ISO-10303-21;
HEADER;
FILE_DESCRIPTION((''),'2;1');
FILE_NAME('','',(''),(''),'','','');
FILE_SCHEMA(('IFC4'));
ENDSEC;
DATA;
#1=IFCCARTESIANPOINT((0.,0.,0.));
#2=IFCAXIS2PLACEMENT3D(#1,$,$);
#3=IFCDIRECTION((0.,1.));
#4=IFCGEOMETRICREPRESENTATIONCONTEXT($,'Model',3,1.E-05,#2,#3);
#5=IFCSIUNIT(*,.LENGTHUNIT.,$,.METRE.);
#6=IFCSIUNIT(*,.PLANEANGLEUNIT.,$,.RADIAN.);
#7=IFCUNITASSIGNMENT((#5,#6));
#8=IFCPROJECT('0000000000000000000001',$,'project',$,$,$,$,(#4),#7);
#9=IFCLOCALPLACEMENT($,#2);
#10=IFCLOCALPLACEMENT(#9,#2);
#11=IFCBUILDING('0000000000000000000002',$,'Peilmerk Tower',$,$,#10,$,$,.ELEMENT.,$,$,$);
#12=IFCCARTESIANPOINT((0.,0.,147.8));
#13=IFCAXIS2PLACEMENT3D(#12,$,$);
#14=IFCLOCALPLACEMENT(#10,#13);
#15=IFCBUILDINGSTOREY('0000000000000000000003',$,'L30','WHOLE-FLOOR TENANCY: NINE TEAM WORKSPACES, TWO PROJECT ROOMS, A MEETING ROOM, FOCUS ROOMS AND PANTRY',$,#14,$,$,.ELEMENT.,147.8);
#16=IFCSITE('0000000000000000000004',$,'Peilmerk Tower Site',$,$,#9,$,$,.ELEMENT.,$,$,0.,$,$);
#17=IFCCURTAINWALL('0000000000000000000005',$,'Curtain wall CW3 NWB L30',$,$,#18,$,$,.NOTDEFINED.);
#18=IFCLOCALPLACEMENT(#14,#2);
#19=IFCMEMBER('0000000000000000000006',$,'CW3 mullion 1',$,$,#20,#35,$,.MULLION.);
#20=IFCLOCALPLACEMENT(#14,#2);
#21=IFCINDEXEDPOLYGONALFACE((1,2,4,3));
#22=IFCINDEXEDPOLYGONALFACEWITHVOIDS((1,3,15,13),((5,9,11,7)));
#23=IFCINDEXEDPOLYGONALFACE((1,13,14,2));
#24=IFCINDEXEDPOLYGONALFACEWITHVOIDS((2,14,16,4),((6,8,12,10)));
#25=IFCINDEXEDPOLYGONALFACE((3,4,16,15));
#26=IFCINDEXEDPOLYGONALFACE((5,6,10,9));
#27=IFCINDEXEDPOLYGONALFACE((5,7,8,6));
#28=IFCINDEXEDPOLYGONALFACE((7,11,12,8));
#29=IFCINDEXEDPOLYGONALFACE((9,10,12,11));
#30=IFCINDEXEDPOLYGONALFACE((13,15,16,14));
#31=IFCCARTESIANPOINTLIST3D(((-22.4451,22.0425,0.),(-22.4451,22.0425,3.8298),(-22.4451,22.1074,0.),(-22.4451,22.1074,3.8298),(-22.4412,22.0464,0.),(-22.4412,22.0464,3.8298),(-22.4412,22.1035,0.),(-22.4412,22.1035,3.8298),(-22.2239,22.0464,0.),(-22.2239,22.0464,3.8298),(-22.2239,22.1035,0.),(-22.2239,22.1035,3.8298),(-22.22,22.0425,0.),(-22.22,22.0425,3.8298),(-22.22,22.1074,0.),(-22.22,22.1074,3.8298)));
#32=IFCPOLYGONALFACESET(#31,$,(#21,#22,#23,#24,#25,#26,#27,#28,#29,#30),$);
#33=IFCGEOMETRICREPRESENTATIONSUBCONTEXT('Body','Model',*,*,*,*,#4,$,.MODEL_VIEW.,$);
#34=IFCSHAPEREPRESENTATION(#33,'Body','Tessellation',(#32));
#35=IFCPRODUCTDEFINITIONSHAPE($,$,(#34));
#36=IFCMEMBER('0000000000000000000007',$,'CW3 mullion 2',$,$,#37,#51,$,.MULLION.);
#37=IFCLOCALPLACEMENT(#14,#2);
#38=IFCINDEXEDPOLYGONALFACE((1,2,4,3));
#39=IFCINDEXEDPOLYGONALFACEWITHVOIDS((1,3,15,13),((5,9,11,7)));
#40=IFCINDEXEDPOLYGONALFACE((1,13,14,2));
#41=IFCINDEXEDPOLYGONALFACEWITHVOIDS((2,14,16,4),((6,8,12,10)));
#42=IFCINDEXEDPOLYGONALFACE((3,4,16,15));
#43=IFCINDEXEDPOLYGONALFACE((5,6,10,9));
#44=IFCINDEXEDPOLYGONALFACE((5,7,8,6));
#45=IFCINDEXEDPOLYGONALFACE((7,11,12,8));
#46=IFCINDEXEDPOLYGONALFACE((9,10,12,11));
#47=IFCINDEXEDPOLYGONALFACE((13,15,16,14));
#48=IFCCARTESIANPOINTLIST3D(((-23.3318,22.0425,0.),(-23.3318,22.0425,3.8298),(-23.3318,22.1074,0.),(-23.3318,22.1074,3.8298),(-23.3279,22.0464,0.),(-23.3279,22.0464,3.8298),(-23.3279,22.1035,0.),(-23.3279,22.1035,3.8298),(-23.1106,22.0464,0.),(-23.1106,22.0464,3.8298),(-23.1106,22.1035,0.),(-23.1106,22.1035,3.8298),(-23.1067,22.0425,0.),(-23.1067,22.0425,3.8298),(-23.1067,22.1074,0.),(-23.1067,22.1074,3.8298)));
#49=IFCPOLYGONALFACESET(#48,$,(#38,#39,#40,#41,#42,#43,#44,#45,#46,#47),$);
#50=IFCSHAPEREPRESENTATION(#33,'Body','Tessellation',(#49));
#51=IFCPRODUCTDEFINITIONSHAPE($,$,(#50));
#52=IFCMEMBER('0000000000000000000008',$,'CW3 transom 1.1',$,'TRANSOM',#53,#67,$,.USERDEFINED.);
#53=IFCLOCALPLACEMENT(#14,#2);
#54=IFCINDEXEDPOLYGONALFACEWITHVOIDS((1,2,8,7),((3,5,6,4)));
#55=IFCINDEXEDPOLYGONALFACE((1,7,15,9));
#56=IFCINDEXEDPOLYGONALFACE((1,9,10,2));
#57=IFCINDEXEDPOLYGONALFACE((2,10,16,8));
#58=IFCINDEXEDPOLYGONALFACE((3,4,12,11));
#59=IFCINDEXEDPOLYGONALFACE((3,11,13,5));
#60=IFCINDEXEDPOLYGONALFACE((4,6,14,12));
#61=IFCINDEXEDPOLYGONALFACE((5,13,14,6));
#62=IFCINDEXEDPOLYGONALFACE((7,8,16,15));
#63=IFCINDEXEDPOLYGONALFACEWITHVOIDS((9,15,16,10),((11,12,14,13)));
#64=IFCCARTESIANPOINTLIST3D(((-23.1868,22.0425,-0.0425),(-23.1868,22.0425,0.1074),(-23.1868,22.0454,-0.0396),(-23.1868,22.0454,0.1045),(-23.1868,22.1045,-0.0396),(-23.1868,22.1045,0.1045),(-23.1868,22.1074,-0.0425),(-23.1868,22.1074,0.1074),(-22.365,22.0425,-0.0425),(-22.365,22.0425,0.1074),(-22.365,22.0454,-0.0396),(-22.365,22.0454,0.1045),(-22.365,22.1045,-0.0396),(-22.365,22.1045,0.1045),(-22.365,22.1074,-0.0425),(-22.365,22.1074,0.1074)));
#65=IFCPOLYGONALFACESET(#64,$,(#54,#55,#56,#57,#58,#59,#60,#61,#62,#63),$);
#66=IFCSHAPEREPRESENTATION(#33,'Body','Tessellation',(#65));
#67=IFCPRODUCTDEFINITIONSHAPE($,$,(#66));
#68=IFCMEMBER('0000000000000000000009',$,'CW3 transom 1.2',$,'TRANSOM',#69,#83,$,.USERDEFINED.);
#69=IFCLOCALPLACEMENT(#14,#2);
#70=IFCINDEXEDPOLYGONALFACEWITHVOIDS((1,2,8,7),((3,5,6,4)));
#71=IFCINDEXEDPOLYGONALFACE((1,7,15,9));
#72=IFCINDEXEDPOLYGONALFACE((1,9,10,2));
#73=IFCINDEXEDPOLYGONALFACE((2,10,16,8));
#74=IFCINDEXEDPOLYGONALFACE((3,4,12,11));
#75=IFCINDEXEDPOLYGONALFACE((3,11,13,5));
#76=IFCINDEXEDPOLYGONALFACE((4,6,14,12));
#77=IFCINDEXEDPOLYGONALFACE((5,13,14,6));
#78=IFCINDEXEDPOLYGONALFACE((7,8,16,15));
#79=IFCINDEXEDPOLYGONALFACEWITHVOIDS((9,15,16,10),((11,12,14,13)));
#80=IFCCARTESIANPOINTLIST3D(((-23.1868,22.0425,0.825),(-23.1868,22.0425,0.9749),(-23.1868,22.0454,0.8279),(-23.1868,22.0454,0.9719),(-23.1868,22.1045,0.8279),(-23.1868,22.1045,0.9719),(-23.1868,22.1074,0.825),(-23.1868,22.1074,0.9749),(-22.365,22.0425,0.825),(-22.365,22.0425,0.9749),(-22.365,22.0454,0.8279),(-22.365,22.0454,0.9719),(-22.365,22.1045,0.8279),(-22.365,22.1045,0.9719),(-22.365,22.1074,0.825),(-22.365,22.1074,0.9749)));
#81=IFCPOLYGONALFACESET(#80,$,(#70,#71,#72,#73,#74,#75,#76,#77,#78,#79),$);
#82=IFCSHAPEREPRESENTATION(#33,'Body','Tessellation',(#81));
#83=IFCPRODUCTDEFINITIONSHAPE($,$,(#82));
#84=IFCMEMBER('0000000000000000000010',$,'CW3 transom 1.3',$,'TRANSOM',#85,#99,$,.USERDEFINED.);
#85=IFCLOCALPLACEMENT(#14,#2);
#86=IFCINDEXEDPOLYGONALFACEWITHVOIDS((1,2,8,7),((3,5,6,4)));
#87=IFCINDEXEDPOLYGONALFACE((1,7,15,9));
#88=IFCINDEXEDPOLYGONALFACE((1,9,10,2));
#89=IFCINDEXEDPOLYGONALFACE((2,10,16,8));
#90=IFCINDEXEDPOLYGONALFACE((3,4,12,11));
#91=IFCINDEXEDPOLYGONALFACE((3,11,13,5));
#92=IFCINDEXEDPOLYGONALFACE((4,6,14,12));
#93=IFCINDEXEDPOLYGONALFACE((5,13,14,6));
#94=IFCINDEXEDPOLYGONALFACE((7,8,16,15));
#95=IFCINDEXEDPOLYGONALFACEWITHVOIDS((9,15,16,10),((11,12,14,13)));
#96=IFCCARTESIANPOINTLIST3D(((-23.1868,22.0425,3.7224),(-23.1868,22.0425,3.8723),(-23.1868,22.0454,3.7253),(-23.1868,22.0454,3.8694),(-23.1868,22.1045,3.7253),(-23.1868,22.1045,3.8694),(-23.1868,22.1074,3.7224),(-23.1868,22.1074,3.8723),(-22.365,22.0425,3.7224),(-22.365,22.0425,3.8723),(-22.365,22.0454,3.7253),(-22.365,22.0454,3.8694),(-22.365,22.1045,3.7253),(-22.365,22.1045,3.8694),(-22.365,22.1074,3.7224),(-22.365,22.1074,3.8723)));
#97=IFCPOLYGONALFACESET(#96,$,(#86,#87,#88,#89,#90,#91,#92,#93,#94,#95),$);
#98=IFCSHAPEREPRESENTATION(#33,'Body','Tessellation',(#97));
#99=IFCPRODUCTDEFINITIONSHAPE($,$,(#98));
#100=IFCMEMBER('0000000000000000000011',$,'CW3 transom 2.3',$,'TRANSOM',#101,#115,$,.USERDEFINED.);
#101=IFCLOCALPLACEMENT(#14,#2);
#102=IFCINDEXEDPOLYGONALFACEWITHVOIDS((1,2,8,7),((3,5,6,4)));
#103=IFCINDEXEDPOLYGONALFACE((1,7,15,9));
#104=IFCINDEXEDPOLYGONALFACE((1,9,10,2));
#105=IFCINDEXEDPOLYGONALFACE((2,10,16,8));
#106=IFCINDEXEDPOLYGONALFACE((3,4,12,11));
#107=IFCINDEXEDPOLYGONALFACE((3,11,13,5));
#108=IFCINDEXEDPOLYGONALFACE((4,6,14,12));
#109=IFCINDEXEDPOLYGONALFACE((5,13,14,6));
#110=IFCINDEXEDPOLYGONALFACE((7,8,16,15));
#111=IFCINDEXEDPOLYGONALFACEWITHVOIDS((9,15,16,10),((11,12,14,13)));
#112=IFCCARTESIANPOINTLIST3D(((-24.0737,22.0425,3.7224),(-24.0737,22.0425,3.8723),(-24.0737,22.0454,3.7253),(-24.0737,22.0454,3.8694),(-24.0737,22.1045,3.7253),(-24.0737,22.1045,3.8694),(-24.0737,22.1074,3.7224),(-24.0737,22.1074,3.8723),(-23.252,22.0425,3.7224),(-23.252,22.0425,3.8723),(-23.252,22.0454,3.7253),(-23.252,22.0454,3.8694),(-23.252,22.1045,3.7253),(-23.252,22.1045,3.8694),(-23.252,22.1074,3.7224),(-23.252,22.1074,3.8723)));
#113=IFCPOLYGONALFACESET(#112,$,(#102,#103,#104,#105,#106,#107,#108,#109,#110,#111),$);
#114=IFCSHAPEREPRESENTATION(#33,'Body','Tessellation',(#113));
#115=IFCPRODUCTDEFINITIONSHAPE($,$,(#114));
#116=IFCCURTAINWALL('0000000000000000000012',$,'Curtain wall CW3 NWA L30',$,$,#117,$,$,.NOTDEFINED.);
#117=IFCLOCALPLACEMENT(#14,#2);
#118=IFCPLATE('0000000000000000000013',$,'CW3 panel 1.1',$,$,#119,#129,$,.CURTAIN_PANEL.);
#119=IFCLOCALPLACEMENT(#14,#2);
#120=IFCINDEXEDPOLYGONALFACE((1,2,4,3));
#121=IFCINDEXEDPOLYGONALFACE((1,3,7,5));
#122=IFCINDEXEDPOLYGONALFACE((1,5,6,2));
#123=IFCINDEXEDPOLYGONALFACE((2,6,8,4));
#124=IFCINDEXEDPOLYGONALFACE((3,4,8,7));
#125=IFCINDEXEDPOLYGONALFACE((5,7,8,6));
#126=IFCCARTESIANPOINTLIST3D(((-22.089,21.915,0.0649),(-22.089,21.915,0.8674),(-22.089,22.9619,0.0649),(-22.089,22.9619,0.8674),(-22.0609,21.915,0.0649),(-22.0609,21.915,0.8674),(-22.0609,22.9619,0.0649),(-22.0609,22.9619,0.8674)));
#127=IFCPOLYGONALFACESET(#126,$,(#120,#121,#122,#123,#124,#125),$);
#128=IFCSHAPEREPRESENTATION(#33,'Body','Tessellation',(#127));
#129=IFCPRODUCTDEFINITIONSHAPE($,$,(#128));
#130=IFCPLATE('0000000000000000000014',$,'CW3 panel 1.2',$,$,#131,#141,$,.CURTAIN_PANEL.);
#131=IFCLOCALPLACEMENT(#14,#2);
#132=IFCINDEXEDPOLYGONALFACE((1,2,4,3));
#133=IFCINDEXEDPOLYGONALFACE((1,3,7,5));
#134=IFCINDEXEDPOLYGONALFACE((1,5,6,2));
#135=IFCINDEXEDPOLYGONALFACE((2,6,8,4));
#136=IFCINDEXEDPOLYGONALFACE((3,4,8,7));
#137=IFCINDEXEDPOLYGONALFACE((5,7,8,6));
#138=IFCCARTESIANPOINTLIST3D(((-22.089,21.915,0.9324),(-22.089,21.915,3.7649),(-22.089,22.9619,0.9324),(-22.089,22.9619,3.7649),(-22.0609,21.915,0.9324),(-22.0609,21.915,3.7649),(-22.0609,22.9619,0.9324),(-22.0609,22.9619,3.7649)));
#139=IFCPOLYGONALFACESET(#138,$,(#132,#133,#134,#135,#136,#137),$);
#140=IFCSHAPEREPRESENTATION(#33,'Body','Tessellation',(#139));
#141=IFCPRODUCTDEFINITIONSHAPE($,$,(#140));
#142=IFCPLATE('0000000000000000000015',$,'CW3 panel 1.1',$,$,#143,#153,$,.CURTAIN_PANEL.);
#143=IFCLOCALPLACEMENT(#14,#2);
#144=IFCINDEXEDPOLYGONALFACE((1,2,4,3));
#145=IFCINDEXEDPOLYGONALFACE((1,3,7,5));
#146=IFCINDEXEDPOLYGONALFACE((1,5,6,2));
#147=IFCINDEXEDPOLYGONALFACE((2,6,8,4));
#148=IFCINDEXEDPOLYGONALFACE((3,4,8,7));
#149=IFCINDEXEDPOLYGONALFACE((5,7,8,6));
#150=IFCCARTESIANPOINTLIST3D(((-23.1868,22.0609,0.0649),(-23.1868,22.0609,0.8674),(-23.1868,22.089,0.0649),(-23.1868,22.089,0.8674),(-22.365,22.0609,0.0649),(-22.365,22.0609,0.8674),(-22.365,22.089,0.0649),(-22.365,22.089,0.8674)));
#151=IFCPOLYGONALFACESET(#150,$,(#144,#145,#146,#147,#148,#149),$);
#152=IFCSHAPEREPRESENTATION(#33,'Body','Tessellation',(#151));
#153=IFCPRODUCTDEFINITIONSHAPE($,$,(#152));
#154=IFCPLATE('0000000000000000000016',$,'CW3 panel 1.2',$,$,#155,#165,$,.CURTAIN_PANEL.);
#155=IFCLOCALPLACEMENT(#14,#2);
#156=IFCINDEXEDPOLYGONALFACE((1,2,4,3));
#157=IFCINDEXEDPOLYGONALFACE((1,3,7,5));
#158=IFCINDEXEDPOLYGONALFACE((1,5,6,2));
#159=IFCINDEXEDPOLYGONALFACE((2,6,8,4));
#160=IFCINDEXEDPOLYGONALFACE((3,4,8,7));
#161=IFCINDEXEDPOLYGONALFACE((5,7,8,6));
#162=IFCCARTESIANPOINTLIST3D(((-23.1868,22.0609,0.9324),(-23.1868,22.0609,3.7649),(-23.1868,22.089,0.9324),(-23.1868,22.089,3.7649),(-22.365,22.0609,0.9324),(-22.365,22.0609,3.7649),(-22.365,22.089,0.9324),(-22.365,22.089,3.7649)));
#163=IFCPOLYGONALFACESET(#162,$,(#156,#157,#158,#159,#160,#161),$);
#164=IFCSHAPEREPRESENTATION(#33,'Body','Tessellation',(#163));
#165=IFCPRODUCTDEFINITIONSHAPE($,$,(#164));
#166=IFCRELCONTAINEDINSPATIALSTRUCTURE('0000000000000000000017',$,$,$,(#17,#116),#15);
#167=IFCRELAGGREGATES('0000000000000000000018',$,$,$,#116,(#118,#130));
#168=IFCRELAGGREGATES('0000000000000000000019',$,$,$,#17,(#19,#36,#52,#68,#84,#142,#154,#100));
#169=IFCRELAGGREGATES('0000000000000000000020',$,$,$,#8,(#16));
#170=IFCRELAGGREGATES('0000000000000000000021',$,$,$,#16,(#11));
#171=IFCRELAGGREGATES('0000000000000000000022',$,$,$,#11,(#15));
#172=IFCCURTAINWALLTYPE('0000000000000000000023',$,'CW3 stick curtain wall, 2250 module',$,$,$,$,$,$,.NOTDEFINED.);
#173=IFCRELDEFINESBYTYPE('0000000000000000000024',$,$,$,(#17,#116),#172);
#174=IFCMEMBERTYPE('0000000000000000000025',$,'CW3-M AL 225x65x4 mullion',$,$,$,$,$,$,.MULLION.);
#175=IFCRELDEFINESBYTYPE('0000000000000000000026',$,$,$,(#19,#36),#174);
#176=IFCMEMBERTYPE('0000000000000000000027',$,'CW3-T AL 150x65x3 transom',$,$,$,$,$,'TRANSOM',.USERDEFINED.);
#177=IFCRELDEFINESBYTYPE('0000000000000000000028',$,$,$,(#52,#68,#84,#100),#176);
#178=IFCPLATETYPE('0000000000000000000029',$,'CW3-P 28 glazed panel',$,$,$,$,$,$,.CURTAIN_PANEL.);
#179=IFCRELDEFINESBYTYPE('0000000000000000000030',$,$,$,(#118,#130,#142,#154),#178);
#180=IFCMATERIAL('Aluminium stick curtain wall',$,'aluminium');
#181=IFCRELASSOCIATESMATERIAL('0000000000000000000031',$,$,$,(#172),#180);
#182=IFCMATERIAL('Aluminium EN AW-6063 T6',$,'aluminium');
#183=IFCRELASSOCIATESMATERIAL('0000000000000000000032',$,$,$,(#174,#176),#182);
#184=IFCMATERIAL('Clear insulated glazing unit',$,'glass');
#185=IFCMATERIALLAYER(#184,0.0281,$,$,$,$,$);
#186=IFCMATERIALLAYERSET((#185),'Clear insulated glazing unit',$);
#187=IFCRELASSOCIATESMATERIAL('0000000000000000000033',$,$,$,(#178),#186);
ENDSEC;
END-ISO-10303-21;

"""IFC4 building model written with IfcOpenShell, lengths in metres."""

from ifc_helpers import new_model, si_unit, direction, frame, origin, origin_2d, place, context, subcontext, project, spatial, rectangle, hollow_rectangle, extrude, material, layer, layer_set, material_profile, profile_set, type_object, element, aggregate, save


model = new_model("IFC4")

# Units and contexts
model_context = context("Model", 3, precision=1e-05, world=origin(), true_north=direction((0.0, 1.0)))
body_context = subcontext(model_context, "Body", "Model", "MODEL_VIEW")
ifc_project = project(units=[si_unit("LENGTHUNIT", "METRE"), si_unit("PLANEANGLEUNIT", "RADIAN")], contexts=[model_context])

# Site, building, storey
site_placement = place(None, origin())
site = spatial("IfcSite", under=ifc_project, at=site_placement, Name="Peilmerk Tower Site", CompositionType="ELEMENT", RefElevation=0.0)
building_placement = place(site_placement, origin())
building = spatial("IfcBuilding", under=site, at=building_placement, Name="Peilmerk Tower", CompositionType="ELEMENT")
storey_placement = place(building_placement, frame((0.0, 0.0, 147.8)))
storey = spatial("IfcBuildingStorey", under=building, at=storey_placement, Name="L30", Description="WHOLE-FLOOR TENANCY: NINE TEAM WORKSPACES, TWO PROJECT ROOMS, A MEETING ROOM, FOCUS ROOMS AND PANTRY", CompositionType="ELEMENT", Elevation=147.8)

# Curtain wall, members
ifc_material_1 = material(Name="Aluminium stick curtain wall", Category="aluminium")
curtain_wall_type = type_object("IfcCurtainWallType", Name="CW3 stick curtain wall, 2250 module", PredefinedType="NOTDEFINED", material=ifc_material_1)
curtain_wall_1_placement = place(storey_placement, origin())
curtain_wall_1 = element("IfcCurtainWall", 1, at=curtain_wall_1_placement, inside=storey, type_object=curtain_wall_type, Name="Curtain wall CW3 NWB L30", PredefinedType="NOTDEFINED")
ifc_material_2 = material(Name="Aluminium EN AW-6063 T6", Category="aluminium")
ifc_material_profile_1 = material_profile(ifc_material_2, hollow_rectangle(XDim=0.0649, YDim=0.2251, WallThickness=0.0039, at=origin_2d()), Name="AL 225x65x4")
ifc_profile_set_1 = profile_set([ifc_material_profile_1], Name="Aluminium EN AW-6063 T6")
member_type_1 = type_object("IfcMemberType", Name="CW3-M AL 225x65x4 mullion", PredefinedType="MULLION", material=ifc_profile_set_1)
member_1_placement = place(storey_placement, frame((-22.3325, 22.075, 0.0), z_axis=(0.0, 0.0, 1.0), x_axis=(0.0, -1.0, 0.0)))
member_1 = element("IfcMember", 2, at=member_1_placement, type_object=member_type_1, Name="CW3 mullion 1", PredefinedType="MULLION", context=body_context, shape_type="SweptSolid", body=[
    extrude(hollow_rectangle(XDim=0.0649, YDim=0.2251, WallThickness=0.0039, at=origin_2d()), origin(), (0.0, 0.0, 1.0), 3.8298),
])
member_2_placement = place(storey_placement, frame((-23.2192, 22.075, 0.0), z_axis=(0.0, 0.0, 1.0), x_axis=(0.0, -1.0, 0.0)))
member_2 = element("IfcMember", 3, at=member_2_placement, type_object=member_type_1, Name="CW3 mullion 2", PredefinedType="MULLION", context=body_context, shape_type="SweptSolid", body=[
    extrude(hollow_rectangle(XDim=0.0649, YDim=0.2251, WallThickness=0.0039, at=origin_2d()), origin(), (0.0, 0.0, 1.0), 3.8298),
])
ifc_material_profile_2 = material_profile(ifc_material_2, hollow_rectangle(XDim=0.0649, YDim=0.1499, WallThickness=0.0029, at=origin_2d()), Name="AL 150x65x3")
ifc_profile_set_2 = profile_set([ifc_material_profile_2], Name="Aluminium EN AW-6063 T6")
member_type_2 = type_object("IfcMemberType", Name="CW3-T AL 150x65x3 transom", ElementType="TRANSOM", PredefinedType="USERDEFINED", material=ifc_profile_set_2)
member_3_placement = place(storey_placement, frame((-22.365, 22.075, 0.0325), z_axis=(-1.0, 0.0, 0.0), x_axis=(0.0, -1.0, 0.0)))
member_3 = element("IfcMember", 4, at=member_3_placement, type_object=member_type_2, Name="CW3 transom 1.1", ObjectType="TRANSOM", PredefinedType="USERDEFINED", context=body_context, shape_type="SweptSolid", body=[
    extrude(hollow_rectangle(XDim=0.0649, YDim=0.1499, WallThickness=0.0029, at=origin_2d()), origin(), (0.0, 0.0, 1.0), 0.8218),
])
member_4_placement = place(storey_placement, frame((-22.365, 22.075, 0.8999), z_axis=(-1.0, 0.0, 0.0), x_axis=(0.0, -1.0, 0.0)))
member_4 = element("IfcMember", 5, at=member_4_placement, type_object=member_type_2, Name="CW3 transom 1.2", ObjectType="TRANSOM", PredefinedType="USERDEFINED", context=body_context, shape_type="SweptSolid", body=[
    extrude(hollow_rectangle(XDim=0.0649, YDim=0.1499, WallThickness=0.0029, at=origin_2d()), origin(), (0.0, 0.0, 1.0), 0.8218),
])
member_5_placement = place(storey_placement, frame((-22.365, 22.075, 3.7974), z_axis=(-1.0, 0.0, 0.0), x_axis=(0.0, -1.0, 0.0)))
member_5 = element("IfcMember", 6, at=member_5_placement, type_object=member_type_2, Name="CW3 transom 1.3", ObjectType="TRANSOM", PredefinedType="USERDEFINED", context=body_context, shape_type="SweptSolid", body=[
    extrude(hollow_rectangle(XDim=0.0649, YDim=0.1499, WallThickness=0.0029, at=origin_2d()), origin(), (0.0, 0.0, 1.0), 0.8218),
])
member_6_placement = place(storey_placement, frame((-23.252, 22.075, 3.7974), z_axis=(-1.0, 0.0, 0.0), x_axis=(0.0, -1.0, 0.0)))
member_6 = element("IfcMember", 7, at=member_6_placement, type_object=member_type_2, Name="CW3 transom 2.3", ObjectType="TRANSOM", PredefinedType="USERDEFINED", context=body_context, shape_type="SweptSolid", body=[
    extrude(hollow_rectangle(XDim=0.0649, YDim=0.1499, WallThickness=0.0029, at=origin_2d()), origin(), (0.0, 0.0, 1.0), 0.8218),
])

# Curtain wall, plates
curtain_wall_2_placement = place(storey_placement, origin())
curtain_wall_2 = element("IfcCurtainWall", 8, at=curtain_wall_2_placement, inside=storey, type_object=curtain_wall_type, Name="Curtain wall CW3 NWA L30", PredefinedType="NOTDEFINED")
ifc_material_3 = material(Name="Clear insulated glazing unit", Category="glass")
ifc_layer_1 = layer(ifc_material_3, 0.0281)
ifc_layer_set_1 = layer_set([ifc_layer_1], Name="Clear insulated glazing unit")
plate_type = type_object("IfcPlateType", Name="CW3-P 28 glazed panel", PredefinedType="CURTAIN_PANEL", material=ifc_layer_set_1)
plate_1_placement = place(storey_placement, frame((-22.075, 22.4385, 0.0649), z_axis=(0.0, 0.0, 1.0), x_axis=(0.0, 1.0, 0.0)))
plate_1 = element("IfcPlate", 9, at=plate_1_placement, type_object=plate_type, Name="CW3 panel 1.1", PredefinedType="CURTAIN_PANEL", context=body_context, shape_type="SweptSolid", body=[
    extrude(rectangle(XDim=1.0469, YDim=0.0281, at=origin_2d()), origin(), (0.0, 0.0, 1.0), 0.8025),
])
plate_2_placement = place(storey_placement, frame((-22.075, 22.4385, 0.9324), z_axis=(0.0, 0.0, 1.0), x_axis=(0.0, 1.0, 0.0)))
plate_2 = element("IfcPlate", 10, at=plate_2_placement, type_object=plate_type, Name="CW3 panel 1.2", PredefinedType="CURTAIN_PANEL", context=body_context, shape_type="SweptSolid", body=[
    extrude(rectangle(XDim=1.0469, YDim=0.0281, at=origin_2d()), origin(), (0.0, 0.0, 1.0), 2.8325),
])
aggregate(curtain_wall_2, [plate_1, plate_2])

# Plates
plate_3_placement = place(storey_placement, frame((-22.7759, 22.075, 0.0649), z_axis=(0.0, 0.0, 1.0), x_axis=(-1.0, 0.0, 0.0)))
plate_3 = element("IfcPlate", 11, at=plate_3_placement, type_object=plate_type, Name="CW3 panel 1.1", PredefinedType="CURTAIN_PANEL", context=body_context, shape_type="SweptSolid", body=[
    extrude(rectangle(XDim=0.8218, YDim=0.0281, at=origin_2d()), origin(), (0.0, 0.0, 1.0), 0.8025),
])
plate_4_placement = place(storey_placement, frame((-22.7759, 22.075, 0.9324), z_axis=(0.0, 0.0, 1.0), x_axis=(-1.0, 0.0, 0.0)))
plate_4 = element("IfcPlate", 12, at=plate_4_placement, type_object=plate_type, Name="CW3 panel 1.2", PredefinedType="CURTAIN_PANEL", context=body_context, shape_type="SweptSolid", body=[
    extrude(rectangle(XDim=0.8218, YDim=0.0281, at=origin_2d()), origin(), (0.0, 0.0, 1.0), 2.8325),
])
aggregate(curtain_wall_1, [member_1, member_2, member_3, member_4, member_5, plate_3, plate_4, member_6])

save(model, "model.ifc")
